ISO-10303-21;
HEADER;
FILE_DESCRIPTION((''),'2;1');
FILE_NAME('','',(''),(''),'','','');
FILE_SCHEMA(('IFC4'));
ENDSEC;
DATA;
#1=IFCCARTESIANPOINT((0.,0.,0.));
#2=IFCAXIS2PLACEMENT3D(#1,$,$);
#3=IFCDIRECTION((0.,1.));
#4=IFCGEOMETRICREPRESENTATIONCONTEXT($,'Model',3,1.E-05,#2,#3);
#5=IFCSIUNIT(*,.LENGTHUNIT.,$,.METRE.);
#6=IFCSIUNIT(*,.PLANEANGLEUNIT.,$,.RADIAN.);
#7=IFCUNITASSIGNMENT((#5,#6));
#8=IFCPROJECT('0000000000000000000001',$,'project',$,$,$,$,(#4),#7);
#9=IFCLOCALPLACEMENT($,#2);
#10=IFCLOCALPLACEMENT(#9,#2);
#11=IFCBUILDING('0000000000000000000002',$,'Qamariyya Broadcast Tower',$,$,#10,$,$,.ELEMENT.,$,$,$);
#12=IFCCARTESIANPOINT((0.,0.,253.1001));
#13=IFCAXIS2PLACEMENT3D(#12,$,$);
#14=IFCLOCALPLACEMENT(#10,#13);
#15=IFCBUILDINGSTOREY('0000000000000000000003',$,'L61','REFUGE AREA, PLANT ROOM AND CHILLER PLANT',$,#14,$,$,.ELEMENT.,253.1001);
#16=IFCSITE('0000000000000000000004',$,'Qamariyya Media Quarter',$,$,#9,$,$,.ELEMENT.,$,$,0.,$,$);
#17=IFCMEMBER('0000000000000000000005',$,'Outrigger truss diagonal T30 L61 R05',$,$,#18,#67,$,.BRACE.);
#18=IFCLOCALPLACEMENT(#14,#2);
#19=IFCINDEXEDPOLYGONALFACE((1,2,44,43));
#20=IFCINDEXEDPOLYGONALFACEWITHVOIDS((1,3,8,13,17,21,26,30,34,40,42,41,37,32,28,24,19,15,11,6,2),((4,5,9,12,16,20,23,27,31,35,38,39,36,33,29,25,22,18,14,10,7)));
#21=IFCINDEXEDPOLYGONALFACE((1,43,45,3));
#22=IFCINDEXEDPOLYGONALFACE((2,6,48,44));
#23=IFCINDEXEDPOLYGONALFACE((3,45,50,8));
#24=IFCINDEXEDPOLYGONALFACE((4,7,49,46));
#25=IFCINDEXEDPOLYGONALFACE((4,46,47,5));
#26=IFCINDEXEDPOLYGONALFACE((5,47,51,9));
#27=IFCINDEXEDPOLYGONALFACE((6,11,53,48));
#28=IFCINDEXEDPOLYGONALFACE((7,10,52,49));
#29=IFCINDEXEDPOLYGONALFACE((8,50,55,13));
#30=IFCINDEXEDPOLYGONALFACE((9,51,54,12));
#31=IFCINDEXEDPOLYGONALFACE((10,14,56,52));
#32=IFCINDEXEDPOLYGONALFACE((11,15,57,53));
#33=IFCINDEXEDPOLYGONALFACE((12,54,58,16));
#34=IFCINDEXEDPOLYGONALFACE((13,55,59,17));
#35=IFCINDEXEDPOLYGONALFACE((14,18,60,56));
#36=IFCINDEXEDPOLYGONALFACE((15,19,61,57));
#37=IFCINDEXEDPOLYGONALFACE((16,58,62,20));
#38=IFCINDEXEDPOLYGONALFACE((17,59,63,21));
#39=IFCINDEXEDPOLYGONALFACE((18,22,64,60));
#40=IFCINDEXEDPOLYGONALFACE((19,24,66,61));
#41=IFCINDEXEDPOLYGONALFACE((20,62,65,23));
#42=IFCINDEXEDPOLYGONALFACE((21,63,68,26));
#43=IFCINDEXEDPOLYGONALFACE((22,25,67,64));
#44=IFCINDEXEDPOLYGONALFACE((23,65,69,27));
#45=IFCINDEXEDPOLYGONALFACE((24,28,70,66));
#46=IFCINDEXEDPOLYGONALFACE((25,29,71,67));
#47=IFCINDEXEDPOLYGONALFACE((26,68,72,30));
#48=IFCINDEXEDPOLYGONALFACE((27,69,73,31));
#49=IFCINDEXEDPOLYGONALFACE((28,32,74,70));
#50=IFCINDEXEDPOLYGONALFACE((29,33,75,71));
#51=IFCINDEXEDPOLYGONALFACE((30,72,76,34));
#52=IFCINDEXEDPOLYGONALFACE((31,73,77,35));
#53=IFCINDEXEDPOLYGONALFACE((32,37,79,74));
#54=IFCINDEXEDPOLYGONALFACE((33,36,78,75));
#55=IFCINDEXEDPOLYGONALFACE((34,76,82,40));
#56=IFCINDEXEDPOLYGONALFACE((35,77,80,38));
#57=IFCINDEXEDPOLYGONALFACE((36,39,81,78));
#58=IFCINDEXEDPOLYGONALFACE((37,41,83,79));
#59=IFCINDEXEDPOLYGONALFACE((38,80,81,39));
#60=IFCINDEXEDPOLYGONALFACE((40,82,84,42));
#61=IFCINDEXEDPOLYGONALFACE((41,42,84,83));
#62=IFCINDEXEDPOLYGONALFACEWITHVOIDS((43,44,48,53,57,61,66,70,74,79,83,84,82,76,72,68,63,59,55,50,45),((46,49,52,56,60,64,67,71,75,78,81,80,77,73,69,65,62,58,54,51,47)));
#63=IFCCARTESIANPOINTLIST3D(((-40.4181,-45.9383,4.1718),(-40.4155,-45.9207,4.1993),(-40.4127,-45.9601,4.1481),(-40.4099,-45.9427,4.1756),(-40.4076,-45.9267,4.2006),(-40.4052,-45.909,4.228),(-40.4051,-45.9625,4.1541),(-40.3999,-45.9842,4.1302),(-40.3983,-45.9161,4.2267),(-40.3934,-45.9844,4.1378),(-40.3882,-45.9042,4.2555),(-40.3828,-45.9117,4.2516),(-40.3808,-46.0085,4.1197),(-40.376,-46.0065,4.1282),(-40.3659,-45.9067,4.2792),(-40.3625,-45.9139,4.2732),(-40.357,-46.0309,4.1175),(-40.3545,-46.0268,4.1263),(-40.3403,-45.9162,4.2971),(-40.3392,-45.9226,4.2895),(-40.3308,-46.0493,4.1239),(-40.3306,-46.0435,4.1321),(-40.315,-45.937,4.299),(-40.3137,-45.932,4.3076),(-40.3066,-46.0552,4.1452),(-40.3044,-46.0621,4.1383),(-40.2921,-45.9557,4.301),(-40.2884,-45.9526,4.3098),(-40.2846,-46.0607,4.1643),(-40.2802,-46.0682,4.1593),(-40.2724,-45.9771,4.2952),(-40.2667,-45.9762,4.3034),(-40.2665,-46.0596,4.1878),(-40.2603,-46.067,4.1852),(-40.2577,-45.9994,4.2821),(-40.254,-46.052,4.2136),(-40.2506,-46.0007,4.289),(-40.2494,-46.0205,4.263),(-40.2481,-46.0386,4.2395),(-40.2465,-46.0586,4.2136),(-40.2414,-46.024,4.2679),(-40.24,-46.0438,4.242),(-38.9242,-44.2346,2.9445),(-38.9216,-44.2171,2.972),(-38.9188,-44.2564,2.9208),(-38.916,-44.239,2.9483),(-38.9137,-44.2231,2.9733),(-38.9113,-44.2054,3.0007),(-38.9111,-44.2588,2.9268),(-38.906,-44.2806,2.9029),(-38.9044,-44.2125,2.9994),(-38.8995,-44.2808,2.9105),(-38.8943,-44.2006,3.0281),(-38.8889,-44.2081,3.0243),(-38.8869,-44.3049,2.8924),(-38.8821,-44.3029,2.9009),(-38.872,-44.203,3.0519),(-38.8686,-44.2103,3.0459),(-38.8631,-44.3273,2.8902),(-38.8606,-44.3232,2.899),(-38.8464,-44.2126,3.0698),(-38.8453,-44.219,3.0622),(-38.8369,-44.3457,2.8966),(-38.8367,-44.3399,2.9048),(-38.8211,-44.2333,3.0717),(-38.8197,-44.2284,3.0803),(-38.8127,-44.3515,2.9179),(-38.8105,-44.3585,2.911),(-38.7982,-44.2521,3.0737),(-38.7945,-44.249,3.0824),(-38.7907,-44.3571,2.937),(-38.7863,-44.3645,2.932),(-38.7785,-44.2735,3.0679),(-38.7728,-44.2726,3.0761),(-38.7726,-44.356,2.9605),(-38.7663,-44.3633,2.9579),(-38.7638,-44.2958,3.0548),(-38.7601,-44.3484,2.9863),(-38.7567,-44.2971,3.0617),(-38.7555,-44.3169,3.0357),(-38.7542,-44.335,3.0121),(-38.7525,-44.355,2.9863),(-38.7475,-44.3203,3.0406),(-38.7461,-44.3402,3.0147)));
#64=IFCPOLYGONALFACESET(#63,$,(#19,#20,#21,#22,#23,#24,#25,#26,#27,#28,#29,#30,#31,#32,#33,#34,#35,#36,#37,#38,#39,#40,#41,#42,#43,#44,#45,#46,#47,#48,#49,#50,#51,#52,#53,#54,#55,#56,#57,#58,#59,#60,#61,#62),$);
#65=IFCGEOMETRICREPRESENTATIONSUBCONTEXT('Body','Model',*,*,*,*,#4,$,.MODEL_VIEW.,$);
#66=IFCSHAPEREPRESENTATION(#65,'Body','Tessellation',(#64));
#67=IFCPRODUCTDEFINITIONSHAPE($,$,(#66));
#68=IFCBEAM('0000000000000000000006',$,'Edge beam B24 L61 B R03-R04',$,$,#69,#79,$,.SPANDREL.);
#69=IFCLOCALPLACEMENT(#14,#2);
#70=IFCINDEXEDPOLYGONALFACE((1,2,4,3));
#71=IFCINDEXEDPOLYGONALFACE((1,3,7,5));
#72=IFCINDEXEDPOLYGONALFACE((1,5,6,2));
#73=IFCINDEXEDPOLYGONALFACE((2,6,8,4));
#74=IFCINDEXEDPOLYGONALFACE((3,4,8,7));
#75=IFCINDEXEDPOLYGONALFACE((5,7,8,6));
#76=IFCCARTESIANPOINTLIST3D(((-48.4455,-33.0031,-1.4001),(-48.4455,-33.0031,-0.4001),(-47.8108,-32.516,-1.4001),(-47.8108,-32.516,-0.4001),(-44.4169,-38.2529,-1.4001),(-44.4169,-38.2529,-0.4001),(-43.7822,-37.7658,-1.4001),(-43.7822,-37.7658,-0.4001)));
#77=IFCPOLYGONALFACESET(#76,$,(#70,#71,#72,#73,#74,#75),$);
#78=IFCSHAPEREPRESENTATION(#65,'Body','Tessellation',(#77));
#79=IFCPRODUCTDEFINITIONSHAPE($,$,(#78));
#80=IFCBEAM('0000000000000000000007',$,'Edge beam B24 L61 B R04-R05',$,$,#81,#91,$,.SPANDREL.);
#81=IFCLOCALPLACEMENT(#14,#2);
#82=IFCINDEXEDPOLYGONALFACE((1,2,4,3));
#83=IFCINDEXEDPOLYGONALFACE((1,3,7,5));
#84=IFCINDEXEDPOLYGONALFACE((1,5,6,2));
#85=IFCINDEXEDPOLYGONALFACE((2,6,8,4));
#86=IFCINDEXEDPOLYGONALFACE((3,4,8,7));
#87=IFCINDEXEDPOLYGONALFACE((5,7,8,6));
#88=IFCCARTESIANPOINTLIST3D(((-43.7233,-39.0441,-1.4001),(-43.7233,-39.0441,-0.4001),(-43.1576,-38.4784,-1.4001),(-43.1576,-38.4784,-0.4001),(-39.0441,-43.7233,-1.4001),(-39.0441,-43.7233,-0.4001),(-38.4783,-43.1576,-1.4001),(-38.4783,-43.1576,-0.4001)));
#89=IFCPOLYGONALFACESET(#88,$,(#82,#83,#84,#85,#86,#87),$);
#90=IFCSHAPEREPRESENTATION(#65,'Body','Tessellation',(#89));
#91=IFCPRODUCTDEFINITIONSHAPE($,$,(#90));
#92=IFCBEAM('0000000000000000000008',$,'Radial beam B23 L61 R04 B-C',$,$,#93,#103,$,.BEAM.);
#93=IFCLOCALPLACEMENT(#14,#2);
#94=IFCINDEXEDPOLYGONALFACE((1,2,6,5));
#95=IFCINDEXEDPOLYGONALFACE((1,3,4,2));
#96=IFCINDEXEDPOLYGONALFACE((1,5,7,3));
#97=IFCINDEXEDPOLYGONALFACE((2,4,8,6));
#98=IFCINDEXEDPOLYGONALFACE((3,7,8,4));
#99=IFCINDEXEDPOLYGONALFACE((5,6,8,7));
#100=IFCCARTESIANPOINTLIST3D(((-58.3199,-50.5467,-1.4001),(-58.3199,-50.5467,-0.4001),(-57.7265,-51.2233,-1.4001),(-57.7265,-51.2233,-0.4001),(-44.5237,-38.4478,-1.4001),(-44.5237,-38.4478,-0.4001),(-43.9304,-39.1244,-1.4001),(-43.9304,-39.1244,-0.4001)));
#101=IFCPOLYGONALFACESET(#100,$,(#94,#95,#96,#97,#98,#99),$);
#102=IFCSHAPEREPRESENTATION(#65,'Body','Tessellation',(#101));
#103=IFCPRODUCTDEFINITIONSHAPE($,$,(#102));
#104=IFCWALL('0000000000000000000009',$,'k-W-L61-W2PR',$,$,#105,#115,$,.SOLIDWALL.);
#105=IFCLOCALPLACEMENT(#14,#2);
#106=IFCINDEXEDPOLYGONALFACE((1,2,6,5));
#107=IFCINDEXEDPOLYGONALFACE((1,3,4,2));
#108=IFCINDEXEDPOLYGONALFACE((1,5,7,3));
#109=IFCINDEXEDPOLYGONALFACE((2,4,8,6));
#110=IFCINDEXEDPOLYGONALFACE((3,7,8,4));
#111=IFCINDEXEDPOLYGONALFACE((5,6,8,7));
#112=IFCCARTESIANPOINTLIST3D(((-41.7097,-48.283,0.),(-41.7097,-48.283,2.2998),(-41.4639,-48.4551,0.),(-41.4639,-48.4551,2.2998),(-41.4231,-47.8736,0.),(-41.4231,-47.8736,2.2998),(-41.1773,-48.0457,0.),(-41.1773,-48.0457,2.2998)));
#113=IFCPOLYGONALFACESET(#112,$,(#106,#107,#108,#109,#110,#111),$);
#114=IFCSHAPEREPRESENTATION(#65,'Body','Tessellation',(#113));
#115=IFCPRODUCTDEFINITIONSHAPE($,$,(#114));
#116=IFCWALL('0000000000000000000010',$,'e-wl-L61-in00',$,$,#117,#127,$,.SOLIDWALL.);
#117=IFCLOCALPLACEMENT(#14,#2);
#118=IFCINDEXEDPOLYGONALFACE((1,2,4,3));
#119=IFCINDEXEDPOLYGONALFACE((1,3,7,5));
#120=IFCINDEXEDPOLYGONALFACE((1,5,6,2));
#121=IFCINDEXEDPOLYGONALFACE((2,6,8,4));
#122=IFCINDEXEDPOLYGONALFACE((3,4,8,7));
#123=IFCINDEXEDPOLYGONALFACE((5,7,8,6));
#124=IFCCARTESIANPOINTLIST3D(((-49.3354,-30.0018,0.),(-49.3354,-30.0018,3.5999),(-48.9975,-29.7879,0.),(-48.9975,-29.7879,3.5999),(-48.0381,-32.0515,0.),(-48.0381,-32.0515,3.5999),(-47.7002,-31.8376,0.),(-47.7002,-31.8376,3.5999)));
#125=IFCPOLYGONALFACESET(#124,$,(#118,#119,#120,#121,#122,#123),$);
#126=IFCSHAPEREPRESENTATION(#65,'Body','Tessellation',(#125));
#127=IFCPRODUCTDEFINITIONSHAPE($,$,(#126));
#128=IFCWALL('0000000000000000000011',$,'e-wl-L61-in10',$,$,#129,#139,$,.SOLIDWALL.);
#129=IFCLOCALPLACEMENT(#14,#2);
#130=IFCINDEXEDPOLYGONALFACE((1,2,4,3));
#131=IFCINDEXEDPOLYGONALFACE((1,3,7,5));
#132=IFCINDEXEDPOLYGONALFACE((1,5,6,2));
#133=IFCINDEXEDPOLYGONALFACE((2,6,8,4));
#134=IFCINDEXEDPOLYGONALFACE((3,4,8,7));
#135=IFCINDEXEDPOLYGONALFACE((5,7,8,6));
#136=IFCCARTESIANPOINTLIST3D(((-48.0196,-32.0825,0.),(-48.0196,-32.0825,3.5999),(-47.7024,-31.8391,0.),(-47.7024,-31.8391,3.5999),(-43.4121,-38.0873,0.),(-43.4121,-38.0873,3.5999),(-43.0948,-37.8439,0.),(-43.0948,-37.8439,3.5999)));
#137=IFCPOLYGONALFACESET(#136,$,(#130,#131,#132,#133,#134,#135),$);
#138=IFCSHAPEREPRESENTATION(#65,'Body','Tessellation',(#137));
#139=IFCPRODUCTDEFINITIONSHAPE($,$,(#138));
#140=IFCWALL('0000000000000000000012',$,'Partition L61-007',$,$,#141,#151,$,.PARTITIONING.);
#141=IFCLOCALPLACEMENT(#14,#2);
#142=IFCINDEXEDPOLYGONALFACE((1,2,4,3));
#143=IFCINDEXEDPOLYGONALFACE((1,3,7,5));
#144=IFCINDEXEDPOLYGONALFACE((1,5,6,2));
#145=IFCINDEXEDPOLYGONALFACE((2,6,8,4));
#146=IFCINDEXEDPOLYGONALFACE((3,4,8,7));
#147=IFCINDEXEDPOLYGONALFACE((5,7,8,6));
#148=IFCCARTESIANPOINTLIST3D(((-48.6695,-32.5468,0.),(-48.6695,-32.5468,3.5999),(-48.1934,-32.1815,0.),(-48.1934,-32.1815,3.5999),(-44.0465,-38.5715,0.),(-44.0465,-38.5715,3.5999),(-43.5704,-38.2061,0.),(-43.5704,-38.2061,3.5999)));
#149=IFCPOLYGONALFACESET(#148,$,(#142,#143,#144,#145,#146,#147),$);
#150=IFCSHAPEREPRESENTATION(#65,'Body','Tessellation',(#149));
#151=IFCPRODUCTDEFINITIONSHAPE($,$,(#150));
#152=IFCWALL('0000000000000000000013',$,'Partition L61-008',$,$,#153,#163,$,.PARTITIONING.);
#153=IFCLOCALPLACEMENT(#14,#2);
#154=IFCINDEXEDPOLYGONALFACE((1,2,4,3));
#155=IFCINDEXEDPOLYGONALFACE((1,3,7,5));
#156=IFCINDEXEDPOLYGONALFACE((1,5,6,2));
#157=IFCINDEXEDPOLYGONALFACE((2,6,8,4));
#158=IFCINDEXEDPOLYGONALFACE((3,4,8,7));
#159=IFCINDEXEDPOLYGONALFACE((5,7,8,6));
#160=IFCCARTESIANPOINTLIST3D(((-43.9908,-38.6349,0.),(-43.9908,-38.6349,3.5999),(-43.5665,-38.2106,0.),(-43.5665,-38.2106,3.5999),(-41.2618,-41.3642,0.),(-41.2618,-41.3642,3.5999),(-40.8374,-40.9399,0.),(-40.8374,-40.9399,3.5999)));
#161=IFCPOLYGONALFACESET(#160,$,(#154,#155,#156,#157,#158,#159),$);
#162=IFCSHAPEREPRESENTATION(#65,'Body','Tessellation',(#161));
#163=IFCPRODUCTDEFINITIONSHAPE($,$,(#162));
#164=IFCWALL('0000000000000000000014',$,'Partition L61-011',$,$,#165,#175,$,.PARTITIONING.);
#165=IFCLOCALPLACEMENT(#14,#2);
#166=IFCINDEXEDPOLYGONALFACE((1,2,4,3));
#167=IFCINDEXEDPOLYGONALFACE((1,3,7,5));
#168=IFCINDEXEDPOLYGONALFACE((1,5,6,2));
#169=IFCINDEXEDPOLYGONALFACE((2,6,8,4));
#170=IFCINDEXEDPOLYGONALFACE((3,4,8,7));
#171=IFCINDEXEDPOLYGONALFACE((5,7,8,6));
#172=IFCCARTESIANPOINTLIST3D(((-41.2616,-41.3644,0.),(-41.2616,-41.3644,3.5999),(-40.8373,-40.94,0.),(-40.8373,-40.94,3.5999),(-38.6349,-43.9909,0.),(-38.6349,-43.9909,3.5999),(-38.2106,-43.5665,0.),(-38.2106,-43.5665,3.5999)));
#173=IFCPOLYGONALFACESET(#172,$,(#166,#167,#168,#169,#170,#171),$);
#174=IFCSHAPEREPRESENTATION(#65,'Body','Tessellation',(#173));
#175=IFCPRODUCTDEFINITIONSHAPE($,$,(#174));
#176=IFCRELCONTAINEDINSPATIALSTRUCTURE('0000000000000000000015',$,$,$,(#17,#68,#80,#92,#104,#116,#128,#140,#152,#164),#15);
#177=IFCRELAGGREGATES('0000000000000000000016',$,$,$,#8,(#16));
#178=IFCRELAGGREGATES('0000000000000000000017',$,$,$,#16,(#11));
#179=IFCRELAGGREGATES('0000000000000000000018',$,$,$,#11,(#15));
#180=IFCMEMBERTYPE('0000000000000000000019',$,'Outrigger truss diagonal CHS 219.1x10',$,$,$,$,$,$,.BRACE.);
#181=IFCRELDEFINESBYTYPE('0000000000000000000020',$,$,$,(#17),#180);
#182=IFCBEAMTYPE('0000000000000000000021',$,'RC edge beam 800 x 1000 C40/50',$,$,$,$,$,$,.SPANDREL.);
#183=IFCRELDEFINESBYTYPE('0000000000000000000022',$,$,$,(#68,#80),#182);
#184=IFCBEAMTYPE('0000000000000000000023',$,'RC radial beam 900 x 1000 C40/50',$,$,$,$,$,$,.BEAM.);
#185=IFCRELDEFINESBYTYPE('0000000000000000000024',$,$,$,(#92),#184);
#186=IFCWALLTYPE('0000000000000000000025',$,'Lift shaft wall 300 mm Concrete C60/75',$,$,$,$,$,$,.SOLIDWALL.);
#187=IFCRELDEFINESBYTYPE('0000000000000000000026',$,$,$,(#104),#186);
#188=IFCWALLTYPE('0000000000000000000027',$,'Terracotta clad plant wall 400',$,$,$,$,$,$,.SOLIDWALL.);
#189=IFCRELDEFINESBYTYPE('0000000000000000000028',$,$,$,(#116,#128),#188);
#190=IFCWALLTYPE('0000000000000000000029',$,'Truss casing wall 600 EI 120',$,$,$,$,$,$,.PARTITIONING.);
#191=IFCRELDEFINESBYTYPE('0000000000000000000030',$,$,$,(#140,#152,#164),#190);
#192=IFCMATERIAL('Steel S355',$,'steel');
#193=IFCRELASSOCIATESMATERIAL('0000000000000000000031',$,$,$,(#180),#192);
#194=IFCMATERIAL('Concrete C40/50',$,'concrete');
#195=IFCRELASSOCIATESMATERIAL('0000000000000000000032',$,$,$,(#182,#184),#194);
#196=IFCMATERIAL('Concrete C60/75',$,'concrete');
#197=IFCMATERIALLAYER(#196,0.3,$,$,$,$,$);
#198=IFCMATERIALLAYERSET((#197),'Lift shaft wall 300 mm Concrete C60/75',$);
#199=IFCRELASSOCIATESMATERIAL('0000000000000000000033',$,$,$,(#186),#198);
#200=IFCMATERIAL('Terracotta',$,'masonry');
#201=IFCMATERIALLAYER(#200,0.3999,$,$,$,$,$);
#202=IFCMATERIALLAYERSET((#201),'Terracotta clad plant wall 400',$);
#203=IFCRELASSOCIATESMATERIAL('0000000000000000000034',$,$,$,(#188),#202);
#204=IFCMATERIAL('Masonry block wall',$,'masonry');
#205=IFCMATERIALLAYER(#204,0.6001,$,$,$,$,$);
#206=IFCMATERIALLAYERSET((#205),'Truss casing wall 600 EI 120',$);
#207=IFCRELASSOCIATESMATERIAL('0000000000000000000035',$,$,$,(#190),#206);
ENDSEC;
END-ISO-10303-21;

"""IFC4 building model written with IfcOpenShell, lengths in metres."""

from ifc_helpers import new_model, si_unit, direction, frame, frame_2d, origin, origin_2d, place, context, subcontext, project, spatial, rectangle, hollow_circle, extrude, material, layer, layer_set, material_profile, profile_set, type_object, element, save


model = new_model("IFC4")

# Units and contexts
model_context = context("Model", 3, precision=1e-05, world=origin(), true_north=direction((0.0, 1.0)))
body_context = subcontext(model_context, "Body", "Model", "MODEL_VIEW")
ifc_project = project(units=[si_unit("LENGTHUNIT", "METRE"), si_unit("PLANEANGLEUNIT", "RADIAN")], contexts=[model_context])

# Site, building, storey
site_placement = place(None, origin())
site = spatial("IfcSite", under=ifc_project, at=site_placement, Name="Qamariyya Media Quarter", CompositionType="ELEMENT", RefElevation=0.0)
building_placement = place(site_placement, origin())
building = spatial("IfcBuilding", under=site, at=building_placement, Name="Qamariyya Broadcast Tower", CompositionType="ELEMENT")
storey_placement = place(building_placement, frame((0.0, 0.0, 253.1001)))
storey = spatial("IfcBuildingStorey", under=building, at=storey_placement, Name="L61", Description="REFUGE AREA, PLANT ROOM AND CHILLER PLANT", CompositionType="ELEMENT", Elevation=253.1001)

# Shared definitions
ifc_material_1 = material(Name="Concrete C60/75", Category="concrete")

# Member
ifc_material_2 = material(Name="Steel S355", Category="steel")
ifc_material_profile_1 = material_profile(ifc_material_2, hollow_circle(Radius=0.1096, WallThickness=0.01, at=origin_2d()))
ifc_profile_set_1 = profile_set([ifc_material_profile_1], Name="Steel S355")
member_type_1 = type_object("IfcMemberType", Name="Outrigger truss diagonal CHS 219.1x10", PredefinedType="BRACE", material=ifc_profile_set_1)
member_placement = place(storey_placement, frame((-38.835, -44.2827, 2.9863), z_axis=(-0.579732, -0.661116, 0.476273), x_axis=(0.751869, -0.659313, 0.0)))
element("IfcMember", 1, at=member_placement, inside=storey, type_object=member_type_1, Name="Outrigger truss diagonal T30 L61 R05", PredefinedType="BRACE", context=body_context, shape_type="SweptSolid", body=[
    extrude(hollow_circle(Radius=0.1096, WallThickness=0.01, at=origin_2d()), origin(), (0.0, 0.0, 1.0), 2.5769),
])

# Beams
ifc_material_3 = material(Name="Concrete C40/50", Category="concrete")
ifc_material_profile_2 = material_profile(ifc_material_3, rectangle(XDim=0.8, YDim=1.0, at=origin_2d()))
ifc_profile_set_2 = profile_set([ifc_material_profile_2], Name="Concrete C40/50")
beam_type_1 = type_object("IfcBeamType", Name="RC edge beam 800 x 1000 C40/50", PredefinedType="SPANDREL", material=ifc_profile_set_2)
for number, where, z_axis, x_axis, name in (
    (2, (-48.1282, -32.7595, -0.9001), (0.608789, -0.793333, 0.0), (0.793333, 0.608789, 0.0), "Edge beam B24 L61 B R03-R04"),
    (3, (-43.4404, -38.7612, -0.9001), (0.707107, -0.707107, 0.0), (0.707107, 0.707107, 0.0), "Edge beam B24 L61 B R04-R05"),
):
    element("IfcBeam", number, at=place(storey_placement, frame(where, z_axis=z_axis, x_axis=x_axis)), inside=storey, type_object=beam_type_1, Name=name, PredefinedType="SPANDREL", context=body_context, shape_type="SweptSolid", body=[
        extrude(rectangle(XDim=0.8, YDim=1.0, at=origin_2d()), origin(), (0.0, 0.0, 1.0), 6.6174),
    ])
ifc_material_profile_3 = material_profile(ifc_material_3, rectangle(XDim=0.8999, YDim=1.0, at=origin_2d()))
ifc_profile_set_3 = profile_set([ifc_material_profile_3], Name="Concrete C40/50")
beam_type_2 = type_object("IfcBeamType", Name="RC radial beam 900 x 1000 C40/50", PredefinedType="BEAM", material=ifc_profile_set_3)
beam_placement = place(storey_placement, frame((-44.2271, -38.7861, -0.9001), z_axis=(-0.75184, -0.659345, 0.0), x_axis=(0.659345, -0.75184, 0.0)))
element("IfcBeam", 4, at=beam_placement, inside=storey, type_object=beam_type_2, Name="Radial beam B23 L61 R04 B-C", PredefinedType="BEAM", context=body_context, shape_type="SweptSolid", body=[
    extrude(rectangle(XDim=0.8999, YDim=1.0, at=origin_2d()), origin(), (0.0, 0.0, 1.0), 18.3499),
])

# Walls
ifc_layer_1 = layer(ifc_material_1, 0.3)
ifc_layer_set_1 = layer_set([ifc_layer_1], Name="Lift shaft wall 300 mm Concrete C60/75")
wall_type_1 = type_object("IfcWallType", Name="Lift shaft wall 300 mm Concrete C60/75", PredefinedType="SOLIDWALL", material=ifc_layer_set_1)
wall_1_placement = place(storey_placement, frame((-41.5869, -48.3691, 0.0), z_axis=(0.0, 0.0, 1.0), x_axis=(0.573495, 0.819209, 0.0)))
element("IfcWall", 5, at=wall_1_placement, inside=storey, type_object=wall_type_1, Name="k-W-L61-W2PR", PredefinedType="SOLIDWALL", context=body_context, shape_type="SweptSolid", body=[
    extrude(rectangle(XDim=0.4998, YDim=0.3, at=frame_2d((0.25, 0.0))), origin(), (0.0, 0.0, 1.0), 2.2998),
])
ifc_material_4 = material(Name="Terracotta", Category="masonry")
ifc_layer_2 = layer(ifc_material_4, 0.3999)
ifc_layer_set_2 = layer_set([ifc_layer_2], Name="Terracotta clad plant wall 400")
wall_type_2 = type_object("IfcWallType", Name="Terracotta clad plant wall 400", PredefinedType="SOLIDWALL", material=ifc_layer_set_2)
wall_2_placement = place(storey_placement, frame((-47.8691, -31.9446, 0.0), z_axis=(0.0, 0.0, 1.0), x_axis=(-0.534803, 0.844977, 0.0)))
element("IfcWall", 6, at=wall_2_placement, inside=storey, type_object=wall_type_2, Name="e-wl-L61-in00", PredefinedType="SOLIDWALL", context=body_context, shape_type="SweptSolid", body=[
    extrude(rectangle(XDim=2.4258, YDim=0.3999, at=frame_2d((1.2129, 0.0))), origin(), (0.0, 0.0, 1.0), 3.5999),
])
wall_3_placement = place(storey_placement, frame((-43.2534, -37.9656, 0.0), z_axis=(0.0, 0.0, 1.0), x_axis=(-0.608758, 0.793356, 0.0)))
element("IfcWall", 7, at=wall_3_placement, inside=storey, type_object=wall_type_2, Name="e-wl-L61-in10", PredefinedType="SOLIDWALL", context=body_context, shape_type="SweptSolid", body=[
    extrude(rectangle(XDim=7.5688, YDim=0.3999, at=frame_2d((3.7844, 0.0))), origin(), (0.0, 0.0, 1.0), 3.5999),
])
ifc_material_5 = material(Name="Masonry block wall", Category="masonry")
ifc_layer_3 = layer(ifc_material_5, 0.6001)
ifc_layer_set_3 = layer_set([ifc_layer_3], Name="Truss casing wall 600 EI 120")
wall_type_3 = type_object("IfcWallType", Name="Truss casing wall 600 EI 120", PredefinedType="PARTITIONING", material=ifc_layer_set_3)
wall_4_placement = place(storey_placement, frame((-48.4314, -32.3643, 0.0), z_axis=(0.0, 0.0, 1.0), x_axis=(0.608775, -0.793343, 0.0)))
element("IfcWall", 8, at=wall_4_placement, inside=storey, type_object=wall_type_3, Name="Partition L61-007", PredefinedType="PARTITIONING", context=body_context, shape_type="SweptSolid", body=[
    extrude(rectangle(XDim=7.594, YDim=0.6001, at=frame_2d((3.7969, 0.0))), origin(), (0.0, 0.0, 1.0), 3.5999),
])
wall_5_placement = place(storey_placement, frame((-43.7786, -38.4229, 0.0), z_axis=(0.0, 0.0, 1.0), x_axis=(0.707075, -0.707138, 0.0)))
element("IfcWall", 9, at=wall_5_placement, inside=storey, type_object=wall_type_3, Name="Partition L61-008", PredefinedType="PARTITIONING", context=body_context, shape_type="SweptSolid", body=[
    extrude(rectangle(XDim=3.8596, YDim=0.6001, at=frame_2d((1.9297, 0.0))), origin(), (0.0, 0.0, 1.0), 3.5999),
])
wall_6_placement = place(storey_placement, frame((-41.0496, -41.1521, 0.0), z_axis=(0.0, 0.0, 1.0), x_axis=(0.70714, -0.707074, 0.0)))
element("IfcWall", 10, at=wall_6_placement, inside=storey, type_object=wall_type_3, Name="Partition L61-011", PredefinedType="PARTITIONING", context=body_context, shape_type="SweptSolid", body=[
    extrude(rectangle(XDim=3.7146, YDim=0.6001, at=frame_2d((1.8574, 0.0))), origin(), (0.0, 0.0, 1.0), 3.5999),
])

save(model, "model.ifc")
